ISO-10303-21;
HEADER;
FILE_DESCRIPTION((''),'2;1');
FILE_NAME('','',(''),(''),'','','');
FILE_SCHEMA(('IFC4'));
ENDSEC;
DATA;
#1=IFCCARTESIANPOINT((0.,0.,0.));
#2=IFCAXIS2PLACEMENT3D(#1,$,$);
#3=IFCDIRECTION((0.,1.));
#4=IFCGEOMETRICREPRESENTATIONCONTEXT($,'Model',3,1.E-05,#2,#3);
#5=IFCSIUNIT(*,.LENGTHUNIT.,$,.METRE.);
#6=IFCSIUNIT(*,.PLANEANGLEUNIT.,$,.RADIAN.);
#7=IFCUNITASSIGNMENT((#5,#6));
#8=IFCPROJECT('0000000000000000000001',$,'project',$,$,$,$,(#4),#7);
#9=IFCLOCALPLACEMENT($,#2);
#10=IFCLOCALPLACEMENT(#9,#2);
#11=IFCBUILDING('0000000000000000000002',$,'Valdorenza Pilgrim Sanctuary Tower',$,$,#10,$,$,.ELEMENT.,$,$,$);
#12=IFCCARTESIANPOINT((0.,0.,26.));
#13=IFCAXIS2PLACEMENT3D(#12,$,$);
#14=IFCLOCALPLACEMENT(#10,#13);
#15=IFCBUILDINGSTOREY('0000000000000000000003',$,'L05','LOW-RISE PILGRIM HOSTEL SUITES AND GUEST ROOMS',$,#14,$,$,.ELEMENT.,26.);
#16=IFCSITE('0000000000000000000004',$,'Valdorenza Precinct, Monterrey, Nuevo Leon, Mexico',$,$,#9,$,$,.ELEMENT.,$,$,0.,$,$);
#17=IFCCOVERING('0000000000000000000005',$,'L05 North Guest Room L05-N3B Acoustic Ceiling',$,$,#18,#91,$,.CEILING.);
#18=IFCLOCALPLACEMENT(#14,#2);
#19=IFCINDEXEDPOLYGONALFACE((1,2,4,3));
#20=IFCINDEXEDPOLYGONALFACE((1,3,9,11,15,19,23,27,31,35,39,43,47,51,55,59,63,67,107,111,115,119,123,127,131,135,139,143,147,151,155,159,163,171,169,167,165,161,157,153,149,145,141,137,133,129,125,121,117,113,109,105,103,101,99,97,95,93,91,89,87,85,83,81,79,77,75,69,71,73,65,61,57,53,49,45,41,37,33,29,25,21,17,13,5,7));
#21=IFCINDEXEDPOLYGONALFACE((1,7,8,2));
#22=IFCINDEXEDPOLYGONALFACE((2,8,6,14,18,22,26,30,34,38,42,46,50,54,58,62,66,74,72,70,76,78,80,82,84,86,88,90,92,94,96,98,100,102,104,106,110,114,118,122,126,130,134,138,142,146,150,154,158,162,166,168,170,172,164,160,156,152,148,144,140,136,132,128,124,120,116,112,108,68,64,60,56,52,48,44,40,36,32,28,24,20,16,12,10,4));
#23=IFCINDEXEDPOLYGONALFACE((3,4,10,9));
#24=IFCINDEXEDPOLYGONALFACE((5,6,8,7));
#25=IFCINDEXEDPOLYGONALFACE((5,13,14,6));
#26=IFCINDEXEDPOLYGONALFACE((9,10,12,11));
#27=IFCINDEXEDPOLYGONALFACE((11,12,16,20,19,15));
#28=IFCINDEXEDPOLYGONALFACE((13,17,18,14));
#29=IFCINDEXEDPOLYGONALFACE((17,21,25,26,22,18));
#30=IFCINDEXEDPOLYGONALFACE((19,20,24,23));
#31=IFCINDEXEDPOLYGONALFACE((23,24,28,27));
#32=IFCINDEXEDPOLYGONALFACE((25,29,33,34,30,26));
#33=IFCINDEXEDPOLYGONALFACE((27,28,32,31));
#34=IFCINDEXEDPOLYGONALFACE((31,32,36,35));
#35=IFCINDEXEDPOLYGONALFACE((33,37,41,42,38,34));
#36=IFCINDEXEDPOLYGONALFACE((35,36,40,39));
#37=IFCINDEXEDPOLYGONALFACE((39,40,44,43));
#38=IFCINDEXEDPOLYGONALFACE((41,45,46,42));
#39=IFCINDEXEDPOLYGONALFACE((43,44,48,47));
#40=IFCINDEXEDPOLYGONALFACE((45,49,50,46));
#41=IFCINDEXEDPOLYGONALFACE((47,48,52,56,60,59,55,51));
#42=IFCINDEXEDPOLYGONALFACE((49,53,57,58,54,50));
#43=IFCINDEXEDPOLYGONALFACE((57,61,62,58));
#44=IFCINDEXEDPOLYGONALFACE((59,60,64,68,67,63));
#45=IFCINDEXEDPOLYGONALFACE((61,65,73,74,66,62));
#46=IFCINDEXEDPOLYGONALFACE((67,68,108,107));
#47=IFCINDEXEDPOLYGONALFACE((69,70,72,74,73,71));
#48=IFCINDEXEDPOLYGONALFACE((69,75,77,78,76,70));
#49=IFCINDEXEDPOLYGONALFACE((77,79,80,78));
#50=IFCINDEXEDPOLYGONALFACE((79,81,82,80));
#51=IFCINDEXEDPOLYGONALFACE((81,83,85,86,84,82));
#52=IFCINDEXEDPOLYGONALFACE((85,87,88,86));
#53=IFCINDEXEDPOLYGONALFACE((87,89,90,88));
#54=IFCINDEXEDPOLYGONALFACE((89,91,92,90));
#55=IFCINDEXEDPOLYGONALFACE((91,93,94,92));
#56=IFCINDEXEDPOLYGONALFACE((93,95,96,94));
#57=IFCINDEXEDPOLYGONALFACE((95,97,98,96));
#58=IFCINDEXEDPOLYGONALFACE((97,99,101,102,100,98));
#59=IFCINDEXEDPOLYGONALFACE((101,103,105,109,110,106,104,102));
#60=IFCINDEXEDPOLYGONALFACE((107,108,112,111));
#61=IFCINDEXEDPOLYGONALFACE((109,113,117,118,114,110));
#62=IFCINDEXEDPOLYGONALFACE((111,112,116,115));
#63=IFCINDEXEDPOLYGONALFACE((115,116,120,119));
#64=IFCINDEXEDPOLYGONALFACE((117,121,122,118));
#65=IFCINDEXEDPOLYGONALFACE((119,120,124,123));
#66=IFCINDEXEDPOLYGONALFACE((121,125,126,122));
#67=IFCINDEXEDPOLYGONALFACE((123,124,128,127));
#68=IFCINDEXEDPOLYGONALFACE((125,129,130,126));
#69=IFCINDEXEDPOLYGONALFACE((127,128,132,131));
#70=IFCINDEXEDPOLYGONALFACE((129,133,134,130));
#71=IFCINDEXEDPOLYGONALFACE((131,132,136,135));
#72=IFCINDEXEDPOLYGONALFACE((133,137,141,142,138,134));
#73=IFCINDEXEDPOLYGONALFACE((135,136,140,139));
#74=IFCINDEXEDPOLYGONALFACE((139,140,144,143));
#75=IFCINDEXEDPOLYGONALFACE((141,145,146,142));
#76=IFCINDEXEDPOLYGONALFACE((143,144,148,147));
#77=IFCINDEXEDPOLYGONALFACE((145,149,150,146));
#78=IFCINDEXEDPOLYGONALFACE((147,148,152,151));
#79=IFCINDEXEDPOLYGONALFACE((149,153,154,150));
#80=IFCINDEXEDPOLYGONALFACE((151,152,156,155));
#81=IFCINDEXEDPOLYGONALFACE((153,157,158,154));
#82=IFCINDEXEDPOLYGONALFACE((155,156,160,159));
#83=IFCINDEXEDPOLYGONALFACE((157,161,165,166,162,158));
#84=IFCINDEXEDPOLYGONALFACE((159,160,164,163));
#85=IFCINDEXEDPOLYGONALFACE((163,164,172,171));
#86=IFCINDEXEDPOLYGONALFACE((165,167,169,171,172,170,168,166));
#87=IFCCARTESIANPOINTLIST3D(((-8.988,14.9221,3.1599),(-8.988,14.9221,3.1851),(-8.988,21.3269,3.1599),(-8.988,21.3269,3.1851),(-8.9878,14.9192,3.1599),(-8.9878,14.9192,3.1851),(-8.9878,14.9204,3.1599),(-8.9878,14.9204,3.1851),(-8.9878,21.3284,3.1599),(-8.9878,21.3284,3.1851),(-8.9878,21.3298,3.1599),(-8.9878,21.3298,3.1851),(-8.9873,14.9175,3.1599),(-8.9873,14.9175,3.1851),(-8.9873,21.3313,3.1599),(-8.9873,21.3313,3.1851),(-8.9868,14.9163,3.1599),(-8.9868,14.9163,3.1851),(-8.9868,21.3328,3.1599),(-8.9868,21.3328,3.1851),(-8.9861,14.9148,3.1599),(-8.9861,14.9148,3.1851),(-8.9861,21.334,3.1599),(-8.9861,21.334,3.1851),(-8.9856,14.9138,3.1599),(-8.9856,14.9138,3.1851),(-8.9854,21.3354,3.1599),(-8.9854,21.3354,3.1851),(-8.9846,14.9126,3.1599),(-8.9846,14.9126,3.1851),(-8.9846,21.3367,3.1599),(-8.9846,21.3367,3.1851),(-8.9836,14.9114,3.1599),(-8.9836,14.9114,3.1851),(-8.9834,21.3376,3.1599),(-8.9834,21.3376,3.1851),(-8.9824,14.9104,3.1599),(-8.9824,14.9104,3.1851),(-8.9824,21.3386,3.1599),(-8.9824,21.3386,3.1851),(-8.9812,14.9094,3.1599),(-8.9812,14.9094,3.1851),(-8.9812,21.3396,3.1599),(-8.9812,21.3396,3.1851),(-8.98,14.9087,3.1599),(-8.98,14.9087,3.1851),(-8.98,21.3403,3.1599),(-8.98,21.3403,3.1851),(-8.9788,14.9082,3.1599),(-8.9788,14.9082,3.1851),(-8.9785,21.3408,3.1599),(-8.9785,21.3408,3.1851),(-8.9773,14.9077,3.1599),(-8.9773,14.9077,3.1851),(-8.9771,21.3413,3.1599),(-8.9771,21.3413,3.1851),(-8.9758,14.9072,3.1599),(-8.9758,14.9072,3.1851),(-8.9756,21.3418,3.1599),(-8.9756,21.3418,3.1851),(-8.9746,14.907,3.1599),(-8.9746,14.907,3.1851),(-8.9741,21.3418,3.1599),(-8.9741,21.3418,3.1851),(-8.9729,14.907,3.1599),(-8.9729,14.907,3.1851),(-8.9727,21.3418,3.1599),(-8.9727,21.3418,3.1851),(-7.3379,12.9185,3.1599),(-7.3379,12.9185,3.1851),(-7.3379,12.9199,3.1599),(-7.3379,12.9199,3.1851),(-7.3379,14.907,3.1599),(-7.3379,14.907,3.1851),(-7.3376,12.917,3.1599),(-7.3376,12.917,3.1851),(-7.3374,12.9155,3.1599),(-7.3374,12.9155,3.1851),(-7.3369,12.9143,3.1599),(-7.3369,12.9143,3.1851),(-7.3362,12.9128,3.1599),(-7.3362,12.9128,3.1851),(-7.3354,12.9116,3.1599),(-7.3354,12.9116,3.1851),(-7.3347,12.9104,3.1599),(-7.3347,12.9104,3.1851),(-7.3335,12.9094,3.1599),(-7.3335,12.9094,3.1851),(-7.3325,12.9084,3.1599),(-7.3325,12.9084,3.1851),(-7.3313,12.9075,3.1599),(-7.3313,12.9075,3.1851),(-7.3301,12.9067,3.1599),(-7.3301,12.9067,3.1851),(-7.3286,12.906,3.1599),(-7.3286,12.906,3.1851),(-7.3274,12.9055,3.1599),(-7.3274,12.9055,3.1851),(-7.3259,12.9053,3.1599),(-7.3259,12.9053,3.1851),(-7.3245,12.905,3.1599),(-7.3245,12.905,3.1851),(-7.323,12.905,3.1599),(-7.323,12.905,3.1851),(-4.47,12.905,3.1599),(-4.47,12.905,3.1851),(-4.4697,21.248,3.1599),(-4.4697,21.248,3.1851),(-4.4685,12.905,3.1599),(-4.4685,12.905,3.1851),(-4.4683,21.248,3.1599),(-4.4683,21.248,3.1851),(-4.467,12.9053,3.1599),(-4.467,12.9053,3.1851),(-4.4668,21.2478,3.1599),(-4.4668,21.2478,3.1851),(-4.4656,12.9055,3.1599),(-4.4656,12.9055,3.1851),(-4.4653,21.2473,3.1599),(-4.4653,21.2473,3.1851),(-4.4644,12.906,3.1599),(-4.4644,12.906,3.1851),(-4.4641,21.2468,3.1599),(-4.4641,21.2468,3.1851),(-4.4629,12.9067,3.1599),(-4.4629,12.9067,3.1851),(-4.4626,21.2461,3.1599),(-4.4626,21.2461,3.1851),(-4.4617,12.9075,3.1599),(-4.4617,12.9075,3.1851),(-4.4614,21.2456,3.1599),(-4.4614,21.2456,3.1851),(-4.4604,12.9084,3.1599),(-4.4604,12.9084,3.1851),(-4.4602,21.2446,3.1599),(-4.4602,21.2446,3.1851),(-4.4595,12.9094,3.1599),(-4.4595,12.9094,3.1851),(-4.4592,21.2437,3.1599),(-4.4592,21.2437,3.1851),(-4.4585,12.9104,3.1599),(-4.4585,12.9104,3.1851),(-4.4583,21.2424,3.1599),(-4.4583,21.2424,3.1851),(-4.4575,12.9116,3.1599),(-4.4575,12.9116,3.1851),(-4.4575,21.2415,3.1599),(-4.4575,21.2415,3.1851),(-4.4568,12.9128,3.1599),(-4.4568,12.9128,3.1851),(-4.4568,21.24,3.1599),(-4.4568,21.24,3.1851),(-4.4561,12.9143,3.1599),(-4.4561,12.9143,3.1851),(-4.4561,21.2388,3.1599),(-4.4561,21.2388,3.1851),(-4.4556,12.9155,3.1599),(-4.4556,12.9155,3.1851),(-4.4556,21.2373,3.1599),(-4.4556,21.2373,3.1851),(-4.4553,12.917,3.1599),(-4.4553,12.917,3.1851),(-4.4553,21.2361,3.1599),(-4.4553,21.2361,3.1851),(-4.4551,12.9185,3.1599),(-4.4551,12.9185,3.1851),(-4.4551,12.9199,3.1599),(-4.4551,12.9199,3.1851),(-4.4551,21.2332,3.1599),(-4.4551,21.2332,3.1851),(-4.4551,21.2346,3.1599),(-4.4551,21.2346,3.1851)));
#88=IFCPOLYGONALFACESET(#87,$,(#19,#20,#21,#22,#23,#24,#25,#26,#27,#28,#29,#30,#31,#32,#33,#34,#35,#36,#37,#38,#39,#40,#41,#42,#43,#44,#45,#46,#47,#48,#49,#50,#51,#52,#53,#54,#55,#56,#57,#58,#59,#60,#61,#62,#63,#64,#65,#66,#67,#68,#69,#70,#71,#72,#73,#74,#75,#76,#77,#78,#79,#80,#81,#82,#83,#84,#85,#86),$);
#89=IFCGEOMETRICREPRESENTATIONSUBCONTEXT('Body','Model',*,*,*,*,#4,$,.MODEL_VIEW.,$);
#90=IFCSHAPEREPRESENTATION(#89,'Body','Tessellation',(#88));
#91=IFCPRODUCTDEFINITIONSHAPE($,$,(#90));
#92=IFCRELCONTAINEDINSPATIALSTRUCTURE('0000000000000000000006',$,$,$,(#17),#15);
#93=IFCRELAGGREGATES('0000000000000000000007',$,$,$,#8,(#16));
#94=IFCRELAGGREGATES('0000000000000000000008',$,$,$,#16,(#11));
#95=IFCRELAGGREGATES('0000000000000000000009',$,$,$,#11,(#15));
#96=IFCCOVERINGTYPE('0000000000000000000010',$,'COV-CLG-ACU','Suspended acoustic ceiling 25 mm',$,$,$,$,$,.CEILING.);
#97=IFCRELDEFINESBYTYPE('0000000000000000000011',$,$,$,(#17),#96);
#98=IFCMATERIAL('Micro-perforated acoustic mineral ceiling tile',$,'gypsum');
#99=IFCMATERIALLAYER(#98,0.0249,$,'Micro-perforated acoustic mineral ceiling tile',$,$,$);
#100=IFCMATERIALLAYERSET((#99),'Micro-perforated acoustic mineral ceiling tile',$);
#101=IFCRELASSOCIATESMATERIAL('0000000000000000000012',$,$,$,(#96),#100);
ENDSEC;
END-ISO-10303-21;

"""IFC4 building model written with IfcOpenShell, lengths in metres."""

from ifc_helpers import new_model, si_unit, direction, frame, origin, place, context, subcontext, project, spatial, polyline, outline, extrude, material, layer, layer_set, type_object, element, save


model = new_model("IFC4")

# Units and contexts
model_context = context("Model", 3, precision=1e-05, world=origin(), true_north=direction((0.0, 1.0)))
body_context = subcontext(model_context, "Body", "Model", "MODEL_VIEW")
ifc_project = project(units=[si_unit("LENGTHUNIT", "METRE"), si_unit("PLANEANGLEUNIT", "RADIAN")], contexts=[model_context])

# Site, building, storey
site_placement = place(None, origin())
site = spatial("IfcSite", under=ifc_project, at=site_placement, Name="Valdorenza Precinct, Monterrey, Nuevo Leon, Mexico", CompositionType="ELEMENT", RefElevation=0.0)
building_placement = place(site_placement, origin())
building = spatial("IfcBuilding", under=site, at=building_placement, Name="Valdorenza Pilgrim Sanctuary Tower", CompositionType="ELEMENT")
storey_placement = place(building_placement, frame((0.0, 0.0, 26.0)))
storey = spatial("IfcBuildingStorey", under=building, at=storey_placement, Name="L05", Description="LOW-RISE PILGRIM HOSTEL SUITES AND GUEST ROOMS", CompositionType="ELEMENT", Elevation=26.0)

# Covering
ifc_material_1 = material(Name="Micro-perforated acoustic mineral ceiling tile", Category="gypsum")
ifc_layer_1 = layer(ifc_material_1, 0.0249, Name="Micro-perforated acoustic mineral ceiling tile")
ifc_layer_set_1 = layer_set([ifc_layer_1], Name="Micro-perforated acoustic mineral ceiling tile")
covering_type_1 = type_object("IfcCoveringType", Name="COV-CLG-ACU", Description="Suspended acoustic ceiling 25 mm", PredefinedType="CEILING", material=ifc_layer_set_1)
covering_1_placement = place(storey_placement, frame((0.0, 0.0, 3.1599)))
element("IfcCovering", 1, at=covering_1_placement, inside=storey, type_object=covering_type_1, Name="L05 North Guest Room L05-N3B Acoustic Ceiling", PredefinedType="CEILING", context=body_context, shape_type="SweptSolid", body=[
    extrude(outline(polyline([(-7.3379, 14.907), (-8.9729, 14.907), (-8.9746, 14.907), (-8.9758, 14.9072), (-8.9773, 14.9077), (-8.9788, 14.9082), (-8.98, 14.9087), (-8.9812, 14.9094), (-8.9824, 14.9104), (-8.9836, 14.9114), (-8.9846, 14.9126), (-8.9856, 14.9138), (-8.9861, 14.9148), (-8.9868, 14.9163), (-8.9873, 14.9175), (-8.9878, 14.9192), (-8.9878, 14.9204), (-8.988, 14.9221), (-8.988, 21.3269), (-8.9878, 21.3284), (-8.9878, 21.3298), (-8.9873, 21.3313), (-8.9868, 21.3328), (-8.9861, 21.334), (-8.9854, 21.3354), (-8.9846, 21.3367), (-8.9834, 21.3376), (-8.9824, 21.3386), (-8.9812, 21.3396), (-8.98, 21.3403), (-8.9785, 21.3408), (-8.9771, 21.3413), (-8.9756, 21.3418), (-8.9741, 21.3418), (-8.9727, 21.3418), (-4.4697, 21.248), (-4.4683, 21.248), (-4.4668, 21.2478), (-4.4653, 21.2473), (-4.4641, 21.2468), (-4.4626, 21.2461), (-4.4614, 21.2456), (-4.4602, 21.2446), (-4.4592, 21.2437), (-4.4583, 21.2424), (-4.4575, 21.2415), (-4.4568, 21.24), (-4.4561, 21.2388), (-4.4556, 21.2373), (-4.4553, 21.2361), (-4.4551, 21.2346), (-4.4551, 21.2332), (-4.4551, 12.9199), (-4.4551, 12.9185), (-4.4553, 12.917), (-4.4556, 12.9155), (-4.4561, 12.9143), (-4.4568, 12.9128), (-4.4575, 12.9116), (-4.4585, 12.9104), (-4.4595, 12.9094), (-4.4604, 12.9084), (-4.4617, 12.9075), (-4.4629, 12.9067), (-4.4644, 12.906), (-4.4656, 12.9055), (-4.467, 12.9053), (-4.4685, 12.905), (-4.47, 12.905), (-7.323, 12.905), (-7.3245, 12.905), (-7.3259, 12.9053), (-7.3274, 12.9055), (-7.3286, 12.906), (-7.3301, 12.9067), (-7.3313, 12.9075), (-7.3325, 12.9084), (-7.3335, 12.9094), (-7.3347, 12.9104), (-7.3354, 12.9116), (-7.3362, 12.9128), (-7.3369, 12.9143), (-7.3374, 12.9155), (-7.3376, 12.917), (-7.3379, 12.9185), (-7.3379, 12.9199), (-7.3379, 14.907)])), origin(), (0.0, 0.0, 1.0), 0.0251),
])

save(model, "model.ifc")
